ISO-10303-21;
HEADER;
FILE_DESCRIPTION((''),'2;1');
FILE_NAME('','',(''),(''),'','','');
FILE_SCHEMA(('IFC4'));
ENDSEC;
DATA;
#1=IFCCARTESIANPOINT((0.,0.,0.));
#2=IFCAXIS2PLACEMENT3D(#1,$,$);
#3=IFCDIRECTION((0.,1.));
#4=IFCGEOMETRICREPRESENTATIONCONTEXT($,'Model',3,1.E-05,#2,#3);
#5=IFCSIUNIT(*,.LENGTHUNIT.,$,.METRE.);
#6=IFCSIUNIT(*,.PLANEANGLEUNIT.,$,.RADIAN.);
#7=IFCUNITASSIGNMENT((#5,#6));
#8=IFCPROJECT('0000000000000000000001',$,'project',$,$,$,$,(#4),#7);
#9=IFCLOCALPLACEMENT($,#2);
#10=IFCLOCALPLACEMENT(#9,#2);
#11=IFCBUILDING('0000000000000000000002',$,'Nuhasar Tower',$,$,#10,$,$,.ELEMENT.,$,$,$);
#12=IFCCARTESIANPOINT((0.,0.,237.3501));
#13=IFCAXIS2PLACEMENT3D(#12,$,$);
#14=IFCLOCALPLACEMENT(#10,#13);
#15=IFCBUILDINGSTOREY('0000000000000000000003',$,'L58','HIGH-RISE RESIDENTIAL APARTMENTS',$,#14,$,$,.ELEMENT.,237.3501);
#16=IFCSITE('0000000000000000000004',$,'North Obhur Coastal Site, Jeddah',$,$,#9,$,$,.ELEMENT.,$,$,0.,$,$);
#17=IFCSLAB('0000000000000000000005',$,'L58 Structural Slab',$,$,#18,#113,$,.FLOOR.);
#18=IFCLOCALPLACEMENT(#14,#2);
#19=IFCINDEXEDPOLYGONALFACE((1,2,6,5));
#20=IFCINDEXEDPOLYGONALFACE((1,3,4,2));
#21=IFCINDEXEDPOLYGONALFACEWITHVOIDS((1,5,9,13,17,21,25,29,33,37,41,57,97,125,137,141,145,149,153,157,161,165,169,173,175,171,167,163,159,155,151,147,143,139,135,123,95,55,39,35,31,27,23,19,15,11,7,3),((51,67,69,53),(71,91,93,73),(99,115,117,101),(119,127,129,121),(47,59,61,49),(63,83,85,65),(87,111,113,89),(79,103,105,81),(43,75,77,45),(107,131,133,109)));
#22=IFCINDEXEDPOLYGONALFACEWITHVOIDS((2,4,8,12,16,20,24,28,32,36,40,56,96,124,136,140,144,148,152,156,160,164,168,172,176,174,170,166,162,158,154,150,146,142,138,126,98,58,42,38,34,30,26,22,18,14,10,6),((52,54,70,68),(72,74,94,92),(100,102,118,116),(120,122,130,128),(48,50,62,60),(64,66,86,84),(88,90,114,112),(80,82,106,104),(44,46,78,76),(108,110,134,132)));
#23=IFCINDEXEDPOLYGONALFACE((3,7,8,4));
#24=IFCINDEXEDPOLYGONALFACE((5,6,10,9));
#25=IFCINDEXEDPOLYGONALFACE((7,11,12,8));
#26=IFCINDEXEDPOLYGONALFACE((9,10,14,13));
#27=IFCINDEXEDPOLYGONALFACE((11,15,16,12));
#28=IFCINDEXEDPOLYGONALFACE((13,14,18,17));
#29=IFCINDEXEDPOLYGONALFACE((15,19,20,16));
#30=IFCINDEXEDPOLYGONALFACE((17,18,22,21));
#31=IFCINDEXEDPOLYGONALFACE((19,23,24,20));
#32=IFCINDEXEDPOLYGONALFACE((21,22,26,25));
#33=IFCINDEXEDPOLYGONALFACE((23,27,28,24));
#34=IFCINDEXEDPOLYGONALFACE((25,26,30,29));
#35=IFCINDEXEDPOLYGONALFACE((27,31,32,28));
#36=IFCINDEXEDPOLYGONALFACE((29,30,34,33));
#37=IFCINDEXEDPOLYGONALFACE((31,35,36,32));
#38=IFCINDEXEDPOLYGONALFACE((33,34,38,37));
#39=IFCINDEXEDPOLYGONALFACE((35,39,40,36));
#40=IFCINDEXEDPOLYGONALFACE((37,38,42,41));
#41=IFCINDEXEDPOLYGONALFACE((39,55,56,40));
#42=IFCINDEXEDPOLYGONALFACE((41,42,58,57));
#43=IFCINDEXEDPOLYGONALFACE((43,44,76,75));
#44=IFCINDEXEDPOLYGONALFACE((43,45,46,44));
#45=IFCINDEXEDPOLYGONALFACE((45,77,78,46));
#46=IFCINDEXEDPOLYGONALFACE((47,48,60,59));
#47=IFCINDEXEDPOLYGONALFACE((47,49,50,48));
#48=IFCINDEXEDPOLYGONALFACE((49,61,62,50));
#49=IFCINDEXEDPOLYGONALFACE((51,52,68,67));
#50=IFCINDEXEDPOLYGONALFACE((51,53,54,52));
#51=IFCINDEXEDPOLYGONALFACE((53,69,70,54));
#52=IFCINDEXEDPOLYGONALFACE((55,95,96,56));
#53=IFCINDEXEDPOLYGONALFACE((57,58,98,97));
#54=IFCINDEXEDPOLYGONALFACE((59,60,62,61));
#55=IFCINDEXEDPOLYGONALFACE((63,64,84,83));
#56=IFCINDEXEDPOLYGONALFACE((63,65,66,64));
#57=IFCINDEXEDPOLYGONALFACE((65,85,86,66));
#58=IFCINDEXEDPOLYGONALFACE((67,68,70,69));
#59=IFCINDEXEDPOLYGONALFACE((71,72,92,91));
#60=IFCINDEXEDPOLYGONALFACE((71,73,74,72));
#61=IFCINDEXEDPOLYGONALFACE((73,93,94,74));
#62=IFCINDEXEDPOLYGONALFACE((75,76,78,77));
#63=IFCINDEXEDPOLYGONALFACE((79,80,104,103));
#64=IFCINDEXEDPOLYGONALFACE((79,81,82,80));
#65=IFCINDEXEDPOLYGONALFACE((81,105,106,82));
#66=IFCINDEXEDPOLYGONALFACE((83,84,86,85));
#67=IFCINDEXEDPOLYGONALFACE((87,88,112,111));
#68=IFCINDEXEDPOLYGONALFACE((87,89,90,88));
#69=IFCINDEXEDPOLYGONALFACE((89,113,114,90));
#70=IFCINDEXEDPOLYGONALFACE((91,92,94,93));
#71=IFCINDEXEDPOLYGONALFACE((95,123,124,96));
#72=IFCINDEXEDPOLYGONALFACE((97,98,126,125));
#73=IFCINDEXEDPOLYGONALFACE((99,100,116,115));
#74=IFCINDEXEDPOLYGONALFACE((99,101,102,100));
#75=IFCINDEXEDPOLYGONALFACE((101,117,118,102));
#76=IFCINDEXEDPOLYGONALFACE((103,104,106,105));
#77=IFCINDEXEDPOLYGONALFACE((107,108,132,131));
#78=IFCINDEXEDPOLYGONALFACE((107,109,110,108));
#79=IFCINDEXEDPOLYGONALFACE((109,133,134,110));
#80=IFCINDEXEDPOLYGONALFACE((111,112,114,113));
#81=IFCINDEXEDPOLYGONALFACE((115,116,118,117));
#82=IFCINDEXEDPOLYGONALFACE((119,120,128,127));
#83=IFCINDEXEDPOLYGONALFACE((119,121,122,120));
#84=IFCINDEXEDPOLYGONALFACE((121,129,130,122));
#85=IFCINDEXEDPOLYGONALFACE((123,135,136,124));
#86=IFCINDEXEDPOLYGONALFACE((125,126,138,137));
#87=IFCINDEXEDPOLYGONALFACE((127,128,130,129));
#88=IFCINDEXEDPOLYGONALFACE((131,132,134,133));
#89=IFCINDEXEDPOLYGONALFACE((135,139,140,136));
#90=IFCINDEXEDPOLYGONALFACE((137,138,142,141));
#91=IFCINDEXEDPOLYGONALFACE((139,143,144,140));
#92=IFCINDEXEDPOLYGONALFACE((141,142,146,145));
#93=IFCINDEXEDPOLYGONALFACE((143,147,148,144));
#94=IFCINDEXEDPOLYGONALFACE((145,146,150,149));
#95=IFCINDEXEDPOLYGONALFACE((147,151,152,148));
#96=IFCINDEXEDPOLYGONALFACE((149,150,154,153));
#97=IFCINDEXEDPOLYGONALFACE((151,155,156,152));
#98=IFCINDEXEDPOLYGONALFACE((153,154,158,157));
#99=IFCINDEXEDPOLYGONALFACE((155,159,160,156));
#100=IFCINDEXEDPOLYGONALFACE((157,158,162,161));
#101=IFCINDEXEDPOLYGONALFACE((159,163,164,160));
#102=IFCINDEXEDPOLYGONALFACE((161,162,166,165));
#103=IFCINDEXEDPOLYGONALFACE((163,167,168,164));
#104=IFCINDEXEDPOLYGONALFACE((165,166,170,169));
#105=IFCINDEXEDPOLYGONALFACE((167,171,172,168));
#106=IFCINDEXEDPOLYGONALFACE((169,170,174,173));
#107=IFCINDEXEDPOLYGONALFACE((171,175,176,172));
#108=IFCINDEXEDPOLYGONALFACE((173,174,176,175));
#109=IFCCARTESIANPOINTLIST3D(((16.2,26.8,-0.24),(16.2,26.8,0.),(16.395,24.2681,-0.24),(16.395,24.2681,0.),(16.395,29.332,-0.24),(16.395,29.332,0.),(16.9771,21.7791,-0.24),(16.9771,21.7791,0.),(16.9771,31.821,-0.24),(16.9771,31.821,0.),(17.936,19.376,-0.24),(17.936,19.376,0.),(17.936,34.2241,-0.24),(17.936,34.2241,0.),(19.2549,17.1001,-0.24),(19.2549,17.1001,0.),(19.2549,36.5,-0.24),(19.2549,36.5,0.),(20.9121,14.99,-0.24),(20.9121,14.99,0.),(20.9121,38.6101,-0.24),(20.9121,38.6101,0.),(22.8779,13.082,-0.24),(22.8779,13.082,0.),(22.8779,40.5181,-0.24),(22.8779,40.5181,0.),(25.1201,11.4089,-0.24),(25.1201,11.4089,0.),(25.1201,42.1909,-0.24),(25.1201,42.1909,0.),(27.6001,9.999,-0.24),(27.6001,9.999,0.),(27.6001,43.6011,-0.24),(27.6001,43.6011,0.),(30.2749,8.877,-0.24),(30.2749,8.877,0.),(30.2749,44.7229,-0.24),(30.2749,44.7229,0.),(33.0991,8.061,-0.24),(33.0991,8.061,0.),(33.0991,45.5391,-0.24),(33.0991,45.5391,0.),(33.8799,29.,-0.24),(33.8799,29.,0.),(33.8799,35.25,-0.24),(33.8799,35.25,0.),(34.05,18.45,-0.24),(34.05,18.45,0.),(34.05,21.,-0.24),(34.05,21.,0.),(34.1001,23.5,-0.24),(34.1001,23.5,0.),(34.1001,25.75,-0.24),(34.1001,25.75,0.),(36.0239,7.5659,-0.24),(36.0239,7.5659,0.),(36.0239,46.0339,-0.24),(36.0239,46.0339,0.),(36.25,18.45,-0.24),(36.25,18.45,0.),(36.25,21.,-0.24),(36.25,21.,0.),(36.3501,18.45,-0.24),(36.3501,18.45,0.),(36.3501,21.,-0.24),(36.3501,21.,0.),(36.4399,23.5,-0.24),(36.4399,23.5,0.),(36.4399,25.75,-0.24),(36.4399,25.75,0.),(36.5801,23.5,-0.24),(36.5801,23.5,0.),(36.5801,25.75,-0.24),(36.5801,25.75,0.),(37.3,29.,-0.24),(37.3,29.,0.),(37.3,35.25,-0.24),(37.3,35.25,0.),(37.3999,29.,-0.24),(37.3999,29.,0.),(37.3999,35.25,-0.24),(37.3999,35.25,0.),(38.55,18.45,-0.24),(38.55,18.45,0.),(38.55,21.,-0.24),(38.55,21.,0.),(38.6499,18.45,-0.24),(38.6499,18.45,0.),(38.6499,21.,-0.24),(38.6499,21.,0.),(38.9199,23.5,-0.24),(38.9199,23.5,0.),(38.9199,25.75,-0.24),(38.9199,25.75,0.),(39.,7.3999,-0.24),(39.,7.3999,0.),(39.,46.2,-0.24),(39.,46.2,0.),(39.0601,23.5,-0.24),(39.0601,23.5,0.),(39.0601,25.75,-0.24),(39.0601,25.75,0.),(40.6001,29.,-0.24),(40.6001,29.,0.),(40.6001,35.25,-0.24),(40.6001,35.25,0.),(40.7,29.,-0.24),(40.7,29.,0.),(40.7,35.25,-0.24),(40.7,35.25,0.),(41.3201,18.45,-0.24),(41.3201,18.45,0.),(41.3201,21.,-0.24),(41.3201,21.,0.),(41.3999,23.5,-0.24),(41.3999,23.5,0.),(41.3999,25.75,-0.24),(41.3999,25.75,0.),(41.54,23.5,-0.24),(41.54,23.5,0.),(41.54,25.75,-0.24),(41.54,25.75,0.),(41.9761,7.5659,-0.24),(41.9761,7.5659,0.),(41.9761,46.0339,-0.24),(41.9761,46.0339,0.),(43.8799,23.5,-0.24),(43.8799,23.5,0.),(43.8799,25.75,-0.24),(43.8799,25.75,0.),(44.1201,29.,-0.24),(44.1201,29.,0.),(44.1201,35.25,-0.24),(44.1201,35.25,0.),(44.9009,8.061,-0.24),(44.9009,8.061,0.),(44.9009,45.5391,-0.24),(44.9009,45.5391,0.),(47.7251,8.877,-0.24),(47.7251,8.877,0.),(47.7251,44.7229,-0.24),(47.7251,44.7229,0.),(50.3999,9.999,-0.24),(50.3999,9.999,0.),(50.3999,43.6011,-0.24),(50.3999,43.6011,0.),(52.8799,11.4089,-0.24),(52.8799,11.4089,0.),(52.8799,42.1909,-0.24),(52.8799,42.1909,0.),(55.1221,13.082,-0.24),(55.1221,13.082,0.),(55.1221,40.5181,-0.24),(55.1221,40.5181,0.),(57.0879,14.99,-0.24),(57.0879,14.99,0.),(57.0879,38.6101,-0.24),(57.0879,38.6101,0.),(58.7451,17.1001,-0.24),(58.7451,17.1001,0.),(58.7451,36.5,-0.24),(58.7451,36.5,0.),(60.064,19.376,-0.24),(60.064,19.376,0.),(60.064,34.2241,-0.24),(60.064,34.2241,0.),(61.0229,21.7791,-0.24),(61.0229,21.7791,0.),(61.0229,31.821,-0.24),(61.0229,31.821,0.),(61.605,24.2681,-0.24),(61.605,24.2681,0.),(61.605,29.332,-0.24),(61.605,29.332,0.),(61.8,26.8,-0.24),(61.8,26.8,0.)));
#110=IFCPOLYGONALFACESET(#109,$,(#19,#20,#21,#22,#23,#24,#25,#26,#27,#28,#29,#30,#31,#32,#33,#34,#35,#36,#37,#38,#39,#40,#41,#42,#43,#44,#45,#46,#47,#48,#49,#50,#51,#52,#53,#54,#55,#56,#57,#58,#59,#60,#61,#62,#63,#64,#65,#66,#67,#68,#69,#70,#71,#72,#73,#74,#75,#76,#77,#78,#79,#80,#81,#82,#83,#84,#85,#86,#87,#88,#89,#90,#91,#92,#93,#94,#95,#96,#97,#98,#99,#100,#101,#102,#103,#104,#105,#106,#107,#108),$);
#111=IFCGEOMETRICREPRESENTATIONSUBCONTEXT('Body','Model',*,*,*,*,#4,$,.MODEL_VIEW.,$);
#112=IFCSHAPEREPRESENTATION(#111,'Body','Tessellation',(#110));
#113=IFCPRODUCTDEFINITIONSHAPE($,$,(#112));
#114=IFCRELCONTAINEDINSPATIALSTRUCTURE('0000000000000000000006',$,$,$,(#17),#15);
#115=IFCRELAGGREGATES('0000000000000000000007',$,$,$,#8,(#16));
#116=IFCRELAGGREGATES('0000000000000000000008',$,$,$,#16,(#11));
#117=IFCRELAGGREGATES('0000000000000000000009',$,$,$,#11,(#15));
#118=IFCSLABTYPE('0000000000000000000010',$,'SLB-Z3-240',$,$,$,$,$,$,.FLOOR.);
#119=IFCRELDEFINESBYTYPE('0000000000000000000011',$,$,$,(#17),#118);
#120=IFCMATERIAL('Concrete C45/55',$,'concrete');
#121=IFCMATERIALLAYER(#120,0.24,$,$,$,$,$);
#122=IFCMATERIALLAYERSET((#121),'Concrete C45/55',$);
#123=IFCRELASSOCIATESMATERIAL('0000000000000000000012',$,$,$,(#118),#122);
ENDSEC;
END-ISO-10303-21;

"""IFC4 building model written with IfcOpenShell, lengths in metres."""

from ifc_helpers import new_model, si_unit, direction, frame, origin, place, context, subcontext, project, spatial, polyline, outline, extrude, material, layer, layer_set, type_object, element, save


model = new_model("IFC4")

# Units and contexts
model_context = context("Model", 3, precision=1e-05, world=origin(), true_north=direction((0.0, 1.0)))
body_context = subcontext(model_context, "Body", "Model", "MODEL_VIEW")
ifc_project = project(units=[si_unit("LENGTHUNIT", "METRE"), si_unit("PLANEANGLEUNIT", "RADIAN")], contexts=[model_context])

# Site, building, storey
site_placement = place(None, origin())
site = spatial("IfcSite", under=ifc_project, at=site_placement, Name="North Obhur Coastal Site, Jeddah", CompositionType="ELEMENT", RefElevation=0.0)
building_placement = place(site_placement, origin())
building = spatial("IfcBuilding", under=site, at=building_placement, Name="Nuhasar Tower", CompositionType="ELEMENT")
storey_placement = place(building_placement, frame((0.0, 0.0, 237.3501)))
storey = spatial("IfcBuildingStorey", under=building, at=storey_placement, Name="L58", Description="HIGH-RISE RESIDENTIAL APARTMENTS", CompositionType="ELEMENT", Elevation=237.3501)

# Shared definitions
ifc_material_1 = material(Name="Concrete C45/55", Category="concrete")

# Slab
ifc_layer_1 = layer(ifc_material_1, 0.24)
ifc_layer_set_1 = layer_set([ifc_layer_1], Name="Concrete C45/55")
slab_type_1 = type_object("IfcSlabType", Name="SLB-Z3-240", PredefinedType="FLOOR", material=ifc_layer_set_1)
slab_1_placement = place(storey_placement, frame((0.0, 0.0, -0.24)))
element("IfcSlab", 1, at=slab_1_placement, inside=storey, type_object=slab_type_1, Name="L58 Structural Slab", PredefinedType="FLOOR", context=body_context, shape_type="SweptSolid", body=[
    extrude(outline(polyline([(61.8, 26.8), (61.605, 29.332), (61.0229, 31.821), (60.064, 34.2241), (58.7451, 36.5), (57.0879, 38.6101), (55.1221, 40.5181), (52.8799, 42.1909), (50.3999, 43.6011), (47.7251, 44.7229), (44.9009, 45.5391), (41.9761, 46.0339), (39.0, 46.2), (36.0239, 46.0339), (33.0991, 45.5391), (30.2749, 44.7229), (27.6001, 43.6011), (25.1201, 42.1909), (22.8779, 40.5181), (20.9121, 38.6101), (19.2549, 36.5), (17.936, 34.2241), (16.9771, 31.821), (16.395, 29.332), (16.2, 26.8), (16.395, 24.2681), (16.9771, 21.7791), (17.936, 19.376), (19.2549, 17.1001), (20.9121, 14.99), (22.8779, 13.082), (25.1201, 11.4089), (27.6001, 9.999), (30.2749, 8.877), (33.0991, 8.061), (36.0239, 7.5659), (39.0, 7.3999), (41.9761, 7.5659), (44.9009, 8.061), (47.7251, 8.877), (50.3999, 9.999), (52.8799, 11.4089), (55.1221, 13.082), (57.0879, 14.99), (58.7451, 17.1001), (60.064, 19.376), (61.0229, 21.7791), (61.605, 24.2681), (61.8, 26.8)]), holes=[polyline([(33.8799, 35.25), (37.3, 35.25), (37.3, 29.0), (33.8799, 29.0), (33.8799, 35.25)]), polyline([(37.3999, 35.25), (40.6001, 35.25), (40.6001, 29.0), (37.3999, 29.0), (37.3999, 35.25)]), polyline([(40.7, 35.25), (44.1201, 35.25), (44.1201, 29.0), (40.7, 29.0), (40.7, 35.25)]), polyline([(34.1001, 25.75), (36.4399, 25.75), (36.4399, 23.5), (34.1001, 23.5), (34.1001, 25.75)]), polyline([(36.5801, 25.75), (38.9199, 25.75), (38.9199, 23.5), (36.5801, 23.5), (36.5801, 25.75)]), polyline([(39.0601, 25.75), (41.3999, 25.75), (41.3999, 23.5), (39.0601, 23.5), (39.0601, 25.75)]), polyline([(41.54, 25.75), (43.8799, 25.75), (43.8799, 23.5), (41.54, 23.5), (41.54, 25.75)]), polyline([(34.05, 21.0), (36.25, 21.0), (36.25, 18.45), (34.05, 18.45), (34.05, 21.0)]), polyline([(36.3501, 21.0), (38.55, 21.0), (38.55, 18.45), (36.3501, 18.45), (36.3501, 21.0)]), polyline([(38.6499, 21.0), (41.3201, 21.0), (41.3201, 18.45), (38.6499, 18.45), (38.6499, 21.0)])]), origin(), (0.0, 0.0, 1.0), 0.24),
])

save(model, "model.ifc")
